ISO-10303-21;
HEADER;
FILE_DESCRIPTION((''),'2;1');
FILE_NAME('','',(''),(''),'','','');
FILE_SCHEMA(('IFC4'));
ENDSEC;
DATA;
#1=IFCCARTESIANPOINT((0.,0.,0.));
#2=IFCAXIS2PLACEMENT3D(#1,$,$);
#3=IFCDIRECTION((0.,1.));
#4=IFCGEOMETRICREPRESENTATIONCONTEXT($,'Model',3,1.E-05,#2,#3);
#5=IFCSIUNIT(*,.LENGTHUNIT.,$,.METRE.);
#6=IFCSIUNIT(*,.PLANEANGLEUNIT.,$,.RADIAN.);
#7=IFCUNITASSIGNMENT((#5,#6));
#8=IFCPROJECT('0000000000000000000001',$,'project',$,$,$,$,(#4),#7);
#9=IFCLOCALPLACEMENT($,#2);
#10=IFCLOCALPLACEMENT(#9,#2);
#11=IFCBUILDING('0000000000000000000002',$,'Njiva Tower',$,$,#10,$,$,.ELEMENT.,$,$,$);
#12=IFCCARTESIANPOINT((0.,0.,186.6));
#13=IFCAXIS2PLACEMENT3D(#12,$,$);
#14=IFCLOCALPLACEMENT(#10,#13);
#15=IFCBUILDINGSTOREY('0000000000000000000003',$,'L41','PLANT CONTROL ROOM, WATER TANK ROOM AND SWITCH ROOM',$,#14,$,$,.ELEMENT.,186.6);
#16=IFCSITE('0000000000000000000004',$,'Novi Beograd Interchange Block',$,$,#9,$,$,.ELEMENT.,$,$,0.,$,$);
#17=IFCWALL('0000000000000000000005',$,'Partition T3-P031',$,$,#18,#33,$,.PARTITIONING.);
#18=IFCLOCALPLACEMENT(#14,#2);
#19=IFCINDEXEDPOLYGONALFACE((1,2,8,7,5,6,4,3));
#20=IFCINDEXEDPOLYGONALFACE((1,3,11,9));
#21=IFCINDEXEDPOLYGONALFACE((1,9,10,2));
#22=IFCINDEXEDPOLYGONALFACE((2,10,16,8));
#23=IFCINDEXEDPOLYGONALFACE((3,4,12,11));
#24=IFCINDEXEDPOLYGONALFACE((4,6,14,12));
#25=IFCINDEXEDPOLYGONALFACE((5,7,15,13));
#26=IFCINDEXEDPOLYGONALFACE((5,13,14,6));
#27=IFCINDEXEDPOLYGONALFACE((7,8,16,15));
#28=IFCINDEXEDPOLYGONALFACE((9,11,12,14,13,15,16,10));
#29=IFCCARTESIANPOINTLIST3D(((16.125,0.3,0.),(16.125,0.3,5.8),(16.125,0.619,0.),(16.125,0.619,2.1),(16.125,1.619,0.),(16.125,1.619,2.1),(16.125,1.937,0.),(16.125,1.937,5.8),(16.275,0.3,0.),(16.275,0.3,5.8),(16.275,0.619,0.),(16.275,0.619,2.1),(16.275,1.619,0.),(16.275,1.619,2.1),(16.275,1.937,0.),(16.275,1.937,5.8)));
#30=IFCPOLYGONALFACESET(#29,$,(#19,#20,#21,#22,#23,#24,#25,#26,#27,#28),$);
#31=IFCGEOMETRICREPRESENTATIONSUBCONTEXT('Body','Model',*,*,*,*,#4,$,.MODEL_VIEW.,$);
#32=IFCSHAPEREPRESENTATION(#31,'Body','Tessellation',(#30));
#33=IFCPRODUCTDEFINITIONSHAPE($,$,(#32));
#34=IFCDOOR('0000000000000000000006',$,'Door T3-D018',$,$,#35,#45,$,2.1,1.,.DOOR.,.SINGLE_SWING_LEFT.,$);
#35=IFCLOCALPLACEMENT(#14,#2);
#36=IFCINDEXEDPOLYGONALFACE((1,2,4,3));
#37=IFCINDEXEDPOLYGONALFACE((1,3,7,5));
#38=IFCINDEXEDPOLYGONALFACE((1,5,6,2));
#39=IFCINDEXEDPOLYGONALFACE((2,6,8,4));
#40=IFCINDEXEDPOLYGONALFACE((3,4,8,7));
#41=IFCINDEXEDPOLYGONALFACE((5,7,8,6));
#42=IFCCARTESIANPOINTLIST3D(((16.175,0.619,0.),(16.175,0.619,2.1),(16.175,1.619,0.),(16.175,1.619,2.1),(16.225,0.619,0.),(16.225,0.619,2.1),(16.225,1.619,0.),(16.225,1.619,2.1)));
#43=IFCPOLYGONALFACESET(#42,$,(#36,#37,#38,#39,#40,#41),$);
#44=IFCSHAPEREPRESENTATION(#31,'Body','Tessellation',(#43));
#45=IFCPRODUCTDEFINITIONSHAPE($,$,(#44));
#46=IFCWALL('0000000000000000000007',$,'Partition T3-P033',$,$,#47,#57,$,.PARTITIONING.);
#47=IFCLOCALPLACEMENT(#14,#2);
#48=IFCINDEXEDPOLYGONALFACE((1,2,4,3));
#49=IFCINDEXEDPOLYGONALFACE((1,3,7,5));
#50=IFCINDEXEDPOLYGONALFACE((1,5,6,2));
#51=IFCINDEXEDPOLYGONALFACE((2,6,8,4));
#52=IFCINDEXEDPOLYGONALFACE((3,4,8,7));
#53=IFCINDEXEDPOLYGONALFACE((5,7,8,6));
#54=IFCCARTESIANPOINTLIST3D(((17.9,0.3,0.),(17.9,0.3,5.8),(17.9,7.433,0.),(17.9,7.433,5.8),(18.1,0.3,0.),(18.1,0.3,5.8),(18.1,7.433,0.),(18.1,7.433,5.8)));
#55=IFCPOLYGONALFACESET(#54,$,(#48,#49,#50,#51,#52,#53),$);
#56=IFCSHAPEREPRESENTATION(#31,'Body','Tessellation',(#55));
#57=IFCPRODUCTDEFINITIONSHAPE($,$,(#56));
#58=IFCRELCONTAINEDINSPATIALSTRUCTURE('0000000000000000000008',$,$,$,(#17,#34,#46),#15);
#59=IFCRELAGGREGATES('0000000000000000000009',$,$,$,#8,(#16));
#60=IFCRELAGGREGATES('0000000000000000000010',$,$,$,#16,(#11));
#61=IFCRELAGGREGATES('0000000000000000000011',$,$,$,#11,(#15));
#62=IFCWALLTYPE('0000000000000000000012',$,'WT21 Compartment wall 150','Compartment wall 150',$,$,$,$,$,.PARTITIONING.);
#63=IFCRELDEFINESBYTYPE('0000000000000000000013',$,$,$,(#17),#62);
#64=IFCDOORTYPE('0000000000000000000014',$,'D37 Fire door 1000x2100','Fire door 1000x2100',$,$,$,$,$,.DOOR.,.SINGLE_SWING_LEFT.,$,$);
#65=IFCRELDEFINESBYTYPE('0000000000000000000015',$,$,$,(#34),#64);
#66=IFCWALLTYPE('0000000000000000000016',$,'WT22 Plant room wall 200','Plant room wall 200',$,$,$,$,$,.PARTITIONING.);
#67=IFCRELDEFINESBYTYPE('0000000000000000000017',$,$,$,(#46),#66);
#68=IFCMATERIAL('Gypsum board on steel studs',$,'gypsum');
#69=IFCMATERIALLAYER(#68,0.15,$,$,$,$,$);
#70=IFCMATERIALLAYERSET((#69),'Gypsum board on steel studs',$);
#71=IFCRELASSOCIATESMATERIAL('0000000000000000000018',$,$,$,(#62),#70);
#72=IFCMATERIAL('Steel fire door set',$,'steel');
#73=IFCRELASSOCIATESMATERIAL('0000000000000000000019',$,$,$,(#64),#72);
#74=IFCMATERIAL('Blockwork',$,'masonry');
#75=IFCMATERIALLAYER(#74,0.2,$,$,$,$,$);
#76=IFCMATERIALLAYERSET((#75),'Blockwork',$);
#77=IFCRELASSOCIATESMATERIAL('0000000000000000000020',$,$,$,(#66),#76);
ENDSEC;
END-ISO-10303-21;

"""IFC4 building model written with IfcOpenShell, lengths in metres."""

from ifc_helpers import new_model, si_unit, direction, frame, frame_2d, origin, place, context, subcontext, project, spatial, rectangle, extrude, material, layer, layer_set, type_object, element, fill, save


model = new_model("IFC4")

# Units and contexts
model_context = context("Model", 3, precision=1e-05, world=origin(), true_north=direction((0.0, 1.0)))
body_context = subcontext(model_context, "Body", "Model", "MODEL_VIEW")
ifc_project = project(units=[si_unit("LENGTHUNIT", "METRE"), si_unit("PLANEANGLEUNIT", "RADIAN")], contexts=[model_context])

# Site, building, storey
site_placement = place(None, origin())
site = spatial("IfcSite", under=ifc_project, at=site_placement, Name="Novi Beograd Interchange Block", CompositionType="ELEMENT", RefElevation=0.0)
building_placement = place(site_placement, origin())
building = spatial("IfcBuilding", under=site, at=building_placement, Name="Njiva Tower", CompositionType="ELEMENT")
storey_placement = place(building_placement, frame((0.0, 0.0, 186.6)))
storey = spatial("IfcBuildingStorey", under=building, at=storey_placement, Name="L41", Description="PLANT CONTROL ROOM, WATER TANK ROOM AND SWITCH ROOM", CompositionType="ELEMENT", Elevation=186.6)

# Wall, opening, door
ifc_material_1 = material(Name="Gypsum board on steel studs", Category="gypsum")
ifc_layer_1 = layer(ifc_material_1, 0.15)
ifc_layer_set_1 = layer_set([ifc_layer_1], Name="Gypsum board on steel studs")
wall_type_1 = type_object("IfcWallType", Name="WT21 Compartment wall 150", Description="Compartment wall 150", PredefinedType="PARTITIONING", material=ifc_layer_set_1)
wall_1_placement = place(storey_placement, frame((16.2, 0.3, 0.0), z_axis=(0.0, 0.0, 1.0), x_axis=(0.0, 1.0, 0.0)))
wall_1 = element("IfcWall", 1, at=wall_1_placement, inside=storey, type_object=wall_type_1, Name="Partition T3-P031", PredefinedType="PARTITIONING", context=body_context, shape_type="SweptSolid", body=[
    extrude(rectangle(XDim=1.637, YDim=0.15, at=frame_2d((0.8185, 0.0))), origin(), (0.0, 0.0, 1.0), 5.8),
])
opening_placement = place(wall_1_placement, frame((0.319, 0.0, 0.0)))
opening = element("IfcOpeningElement", 2, at=opening_placement, cuts=wall_1, PredefinedType="OPENING", context=body_context, shape_type="SweptSolid", body=[
    extrude(rectangle(XDim=1.0, YDim=2.1, at=frame_2d((0.5, 1.05))), frame((0.0, 0.085, 0.0), z_axis=(0.0, -1.0, 0.0), x_axis=(1.0, 0.0, 0.0)), (0.0, 0.0, 1.0), 0.17),
])
ifc_material_2 = material(Name="Steel fire door set", Category="steel")
door_type = type_object("IfcDoorType", Name="D37 Fire door 1000x2100", Description="Fire door 1000x2100", OperationType="SINGLE_SWING_LEFT", PredefinedType="DOOR", material=ifc_material_2)
door_placement = place(opening_placement, origin())
door = element("IfcDoor", 3, at=door_placement, inside=storey, type_object=door_type, Name="Door T3-D018", OperationType="SINGLE_SWING_LEFT", OverallHeight=2.1, OverallWidth=1.0, PredefinedType="DOOR", context=body_context, shape_type="SweptSolid", body=[
    extrude(rectangle(XDim=1.0, YDim=2.1, at=frame_2d((0.5, 1.05))), frame((0.0, 0.025, 0.0), z_axis=(0.0, -1.0, 0.0), x_axis=(1.0, 0.0, 0.0)), (0.0, 0.0, 1.0), 0.05),
])
fill(opening, door)

# Wall
ifc_material_3 = material(Name="Blockwork", Category="masonry")
ifc_layer_2 = layer(ifc_material_3, 0.2)
ifc_layer_set_2 = layer_set([ifc_layer_2], Name="Blockwork")
wall_type_2 = type_object("IfcWallType", Name="WT22 Plant room wall 200", Description="Plant room wall 200", PredefinedType="PARTITIONING", material=ifc_layer_set_2)
wall_2_placement = place(storey_placement, frame((18.0, 0.3, 0.0), z_axis=(0.0, 0.0, 1.0), x_axis=(0.0, 1.0, 0.0)))
element("IfcWall", 4, at=wall_2_placement, inside=storey, type_object=wall_type_2, Name="Partition T3-P033", PredefinedType="PARTITIONING", context=body_context, shape_type="SweptSolid", body=[
    extrude(rectangle(XDim=7.133, YDim=0.2, at=frame_2d((3.5665, 0.0))), origin(), (0.0, 0.0, 1.0), 5.8),
])

save(model, "model.ifc")
